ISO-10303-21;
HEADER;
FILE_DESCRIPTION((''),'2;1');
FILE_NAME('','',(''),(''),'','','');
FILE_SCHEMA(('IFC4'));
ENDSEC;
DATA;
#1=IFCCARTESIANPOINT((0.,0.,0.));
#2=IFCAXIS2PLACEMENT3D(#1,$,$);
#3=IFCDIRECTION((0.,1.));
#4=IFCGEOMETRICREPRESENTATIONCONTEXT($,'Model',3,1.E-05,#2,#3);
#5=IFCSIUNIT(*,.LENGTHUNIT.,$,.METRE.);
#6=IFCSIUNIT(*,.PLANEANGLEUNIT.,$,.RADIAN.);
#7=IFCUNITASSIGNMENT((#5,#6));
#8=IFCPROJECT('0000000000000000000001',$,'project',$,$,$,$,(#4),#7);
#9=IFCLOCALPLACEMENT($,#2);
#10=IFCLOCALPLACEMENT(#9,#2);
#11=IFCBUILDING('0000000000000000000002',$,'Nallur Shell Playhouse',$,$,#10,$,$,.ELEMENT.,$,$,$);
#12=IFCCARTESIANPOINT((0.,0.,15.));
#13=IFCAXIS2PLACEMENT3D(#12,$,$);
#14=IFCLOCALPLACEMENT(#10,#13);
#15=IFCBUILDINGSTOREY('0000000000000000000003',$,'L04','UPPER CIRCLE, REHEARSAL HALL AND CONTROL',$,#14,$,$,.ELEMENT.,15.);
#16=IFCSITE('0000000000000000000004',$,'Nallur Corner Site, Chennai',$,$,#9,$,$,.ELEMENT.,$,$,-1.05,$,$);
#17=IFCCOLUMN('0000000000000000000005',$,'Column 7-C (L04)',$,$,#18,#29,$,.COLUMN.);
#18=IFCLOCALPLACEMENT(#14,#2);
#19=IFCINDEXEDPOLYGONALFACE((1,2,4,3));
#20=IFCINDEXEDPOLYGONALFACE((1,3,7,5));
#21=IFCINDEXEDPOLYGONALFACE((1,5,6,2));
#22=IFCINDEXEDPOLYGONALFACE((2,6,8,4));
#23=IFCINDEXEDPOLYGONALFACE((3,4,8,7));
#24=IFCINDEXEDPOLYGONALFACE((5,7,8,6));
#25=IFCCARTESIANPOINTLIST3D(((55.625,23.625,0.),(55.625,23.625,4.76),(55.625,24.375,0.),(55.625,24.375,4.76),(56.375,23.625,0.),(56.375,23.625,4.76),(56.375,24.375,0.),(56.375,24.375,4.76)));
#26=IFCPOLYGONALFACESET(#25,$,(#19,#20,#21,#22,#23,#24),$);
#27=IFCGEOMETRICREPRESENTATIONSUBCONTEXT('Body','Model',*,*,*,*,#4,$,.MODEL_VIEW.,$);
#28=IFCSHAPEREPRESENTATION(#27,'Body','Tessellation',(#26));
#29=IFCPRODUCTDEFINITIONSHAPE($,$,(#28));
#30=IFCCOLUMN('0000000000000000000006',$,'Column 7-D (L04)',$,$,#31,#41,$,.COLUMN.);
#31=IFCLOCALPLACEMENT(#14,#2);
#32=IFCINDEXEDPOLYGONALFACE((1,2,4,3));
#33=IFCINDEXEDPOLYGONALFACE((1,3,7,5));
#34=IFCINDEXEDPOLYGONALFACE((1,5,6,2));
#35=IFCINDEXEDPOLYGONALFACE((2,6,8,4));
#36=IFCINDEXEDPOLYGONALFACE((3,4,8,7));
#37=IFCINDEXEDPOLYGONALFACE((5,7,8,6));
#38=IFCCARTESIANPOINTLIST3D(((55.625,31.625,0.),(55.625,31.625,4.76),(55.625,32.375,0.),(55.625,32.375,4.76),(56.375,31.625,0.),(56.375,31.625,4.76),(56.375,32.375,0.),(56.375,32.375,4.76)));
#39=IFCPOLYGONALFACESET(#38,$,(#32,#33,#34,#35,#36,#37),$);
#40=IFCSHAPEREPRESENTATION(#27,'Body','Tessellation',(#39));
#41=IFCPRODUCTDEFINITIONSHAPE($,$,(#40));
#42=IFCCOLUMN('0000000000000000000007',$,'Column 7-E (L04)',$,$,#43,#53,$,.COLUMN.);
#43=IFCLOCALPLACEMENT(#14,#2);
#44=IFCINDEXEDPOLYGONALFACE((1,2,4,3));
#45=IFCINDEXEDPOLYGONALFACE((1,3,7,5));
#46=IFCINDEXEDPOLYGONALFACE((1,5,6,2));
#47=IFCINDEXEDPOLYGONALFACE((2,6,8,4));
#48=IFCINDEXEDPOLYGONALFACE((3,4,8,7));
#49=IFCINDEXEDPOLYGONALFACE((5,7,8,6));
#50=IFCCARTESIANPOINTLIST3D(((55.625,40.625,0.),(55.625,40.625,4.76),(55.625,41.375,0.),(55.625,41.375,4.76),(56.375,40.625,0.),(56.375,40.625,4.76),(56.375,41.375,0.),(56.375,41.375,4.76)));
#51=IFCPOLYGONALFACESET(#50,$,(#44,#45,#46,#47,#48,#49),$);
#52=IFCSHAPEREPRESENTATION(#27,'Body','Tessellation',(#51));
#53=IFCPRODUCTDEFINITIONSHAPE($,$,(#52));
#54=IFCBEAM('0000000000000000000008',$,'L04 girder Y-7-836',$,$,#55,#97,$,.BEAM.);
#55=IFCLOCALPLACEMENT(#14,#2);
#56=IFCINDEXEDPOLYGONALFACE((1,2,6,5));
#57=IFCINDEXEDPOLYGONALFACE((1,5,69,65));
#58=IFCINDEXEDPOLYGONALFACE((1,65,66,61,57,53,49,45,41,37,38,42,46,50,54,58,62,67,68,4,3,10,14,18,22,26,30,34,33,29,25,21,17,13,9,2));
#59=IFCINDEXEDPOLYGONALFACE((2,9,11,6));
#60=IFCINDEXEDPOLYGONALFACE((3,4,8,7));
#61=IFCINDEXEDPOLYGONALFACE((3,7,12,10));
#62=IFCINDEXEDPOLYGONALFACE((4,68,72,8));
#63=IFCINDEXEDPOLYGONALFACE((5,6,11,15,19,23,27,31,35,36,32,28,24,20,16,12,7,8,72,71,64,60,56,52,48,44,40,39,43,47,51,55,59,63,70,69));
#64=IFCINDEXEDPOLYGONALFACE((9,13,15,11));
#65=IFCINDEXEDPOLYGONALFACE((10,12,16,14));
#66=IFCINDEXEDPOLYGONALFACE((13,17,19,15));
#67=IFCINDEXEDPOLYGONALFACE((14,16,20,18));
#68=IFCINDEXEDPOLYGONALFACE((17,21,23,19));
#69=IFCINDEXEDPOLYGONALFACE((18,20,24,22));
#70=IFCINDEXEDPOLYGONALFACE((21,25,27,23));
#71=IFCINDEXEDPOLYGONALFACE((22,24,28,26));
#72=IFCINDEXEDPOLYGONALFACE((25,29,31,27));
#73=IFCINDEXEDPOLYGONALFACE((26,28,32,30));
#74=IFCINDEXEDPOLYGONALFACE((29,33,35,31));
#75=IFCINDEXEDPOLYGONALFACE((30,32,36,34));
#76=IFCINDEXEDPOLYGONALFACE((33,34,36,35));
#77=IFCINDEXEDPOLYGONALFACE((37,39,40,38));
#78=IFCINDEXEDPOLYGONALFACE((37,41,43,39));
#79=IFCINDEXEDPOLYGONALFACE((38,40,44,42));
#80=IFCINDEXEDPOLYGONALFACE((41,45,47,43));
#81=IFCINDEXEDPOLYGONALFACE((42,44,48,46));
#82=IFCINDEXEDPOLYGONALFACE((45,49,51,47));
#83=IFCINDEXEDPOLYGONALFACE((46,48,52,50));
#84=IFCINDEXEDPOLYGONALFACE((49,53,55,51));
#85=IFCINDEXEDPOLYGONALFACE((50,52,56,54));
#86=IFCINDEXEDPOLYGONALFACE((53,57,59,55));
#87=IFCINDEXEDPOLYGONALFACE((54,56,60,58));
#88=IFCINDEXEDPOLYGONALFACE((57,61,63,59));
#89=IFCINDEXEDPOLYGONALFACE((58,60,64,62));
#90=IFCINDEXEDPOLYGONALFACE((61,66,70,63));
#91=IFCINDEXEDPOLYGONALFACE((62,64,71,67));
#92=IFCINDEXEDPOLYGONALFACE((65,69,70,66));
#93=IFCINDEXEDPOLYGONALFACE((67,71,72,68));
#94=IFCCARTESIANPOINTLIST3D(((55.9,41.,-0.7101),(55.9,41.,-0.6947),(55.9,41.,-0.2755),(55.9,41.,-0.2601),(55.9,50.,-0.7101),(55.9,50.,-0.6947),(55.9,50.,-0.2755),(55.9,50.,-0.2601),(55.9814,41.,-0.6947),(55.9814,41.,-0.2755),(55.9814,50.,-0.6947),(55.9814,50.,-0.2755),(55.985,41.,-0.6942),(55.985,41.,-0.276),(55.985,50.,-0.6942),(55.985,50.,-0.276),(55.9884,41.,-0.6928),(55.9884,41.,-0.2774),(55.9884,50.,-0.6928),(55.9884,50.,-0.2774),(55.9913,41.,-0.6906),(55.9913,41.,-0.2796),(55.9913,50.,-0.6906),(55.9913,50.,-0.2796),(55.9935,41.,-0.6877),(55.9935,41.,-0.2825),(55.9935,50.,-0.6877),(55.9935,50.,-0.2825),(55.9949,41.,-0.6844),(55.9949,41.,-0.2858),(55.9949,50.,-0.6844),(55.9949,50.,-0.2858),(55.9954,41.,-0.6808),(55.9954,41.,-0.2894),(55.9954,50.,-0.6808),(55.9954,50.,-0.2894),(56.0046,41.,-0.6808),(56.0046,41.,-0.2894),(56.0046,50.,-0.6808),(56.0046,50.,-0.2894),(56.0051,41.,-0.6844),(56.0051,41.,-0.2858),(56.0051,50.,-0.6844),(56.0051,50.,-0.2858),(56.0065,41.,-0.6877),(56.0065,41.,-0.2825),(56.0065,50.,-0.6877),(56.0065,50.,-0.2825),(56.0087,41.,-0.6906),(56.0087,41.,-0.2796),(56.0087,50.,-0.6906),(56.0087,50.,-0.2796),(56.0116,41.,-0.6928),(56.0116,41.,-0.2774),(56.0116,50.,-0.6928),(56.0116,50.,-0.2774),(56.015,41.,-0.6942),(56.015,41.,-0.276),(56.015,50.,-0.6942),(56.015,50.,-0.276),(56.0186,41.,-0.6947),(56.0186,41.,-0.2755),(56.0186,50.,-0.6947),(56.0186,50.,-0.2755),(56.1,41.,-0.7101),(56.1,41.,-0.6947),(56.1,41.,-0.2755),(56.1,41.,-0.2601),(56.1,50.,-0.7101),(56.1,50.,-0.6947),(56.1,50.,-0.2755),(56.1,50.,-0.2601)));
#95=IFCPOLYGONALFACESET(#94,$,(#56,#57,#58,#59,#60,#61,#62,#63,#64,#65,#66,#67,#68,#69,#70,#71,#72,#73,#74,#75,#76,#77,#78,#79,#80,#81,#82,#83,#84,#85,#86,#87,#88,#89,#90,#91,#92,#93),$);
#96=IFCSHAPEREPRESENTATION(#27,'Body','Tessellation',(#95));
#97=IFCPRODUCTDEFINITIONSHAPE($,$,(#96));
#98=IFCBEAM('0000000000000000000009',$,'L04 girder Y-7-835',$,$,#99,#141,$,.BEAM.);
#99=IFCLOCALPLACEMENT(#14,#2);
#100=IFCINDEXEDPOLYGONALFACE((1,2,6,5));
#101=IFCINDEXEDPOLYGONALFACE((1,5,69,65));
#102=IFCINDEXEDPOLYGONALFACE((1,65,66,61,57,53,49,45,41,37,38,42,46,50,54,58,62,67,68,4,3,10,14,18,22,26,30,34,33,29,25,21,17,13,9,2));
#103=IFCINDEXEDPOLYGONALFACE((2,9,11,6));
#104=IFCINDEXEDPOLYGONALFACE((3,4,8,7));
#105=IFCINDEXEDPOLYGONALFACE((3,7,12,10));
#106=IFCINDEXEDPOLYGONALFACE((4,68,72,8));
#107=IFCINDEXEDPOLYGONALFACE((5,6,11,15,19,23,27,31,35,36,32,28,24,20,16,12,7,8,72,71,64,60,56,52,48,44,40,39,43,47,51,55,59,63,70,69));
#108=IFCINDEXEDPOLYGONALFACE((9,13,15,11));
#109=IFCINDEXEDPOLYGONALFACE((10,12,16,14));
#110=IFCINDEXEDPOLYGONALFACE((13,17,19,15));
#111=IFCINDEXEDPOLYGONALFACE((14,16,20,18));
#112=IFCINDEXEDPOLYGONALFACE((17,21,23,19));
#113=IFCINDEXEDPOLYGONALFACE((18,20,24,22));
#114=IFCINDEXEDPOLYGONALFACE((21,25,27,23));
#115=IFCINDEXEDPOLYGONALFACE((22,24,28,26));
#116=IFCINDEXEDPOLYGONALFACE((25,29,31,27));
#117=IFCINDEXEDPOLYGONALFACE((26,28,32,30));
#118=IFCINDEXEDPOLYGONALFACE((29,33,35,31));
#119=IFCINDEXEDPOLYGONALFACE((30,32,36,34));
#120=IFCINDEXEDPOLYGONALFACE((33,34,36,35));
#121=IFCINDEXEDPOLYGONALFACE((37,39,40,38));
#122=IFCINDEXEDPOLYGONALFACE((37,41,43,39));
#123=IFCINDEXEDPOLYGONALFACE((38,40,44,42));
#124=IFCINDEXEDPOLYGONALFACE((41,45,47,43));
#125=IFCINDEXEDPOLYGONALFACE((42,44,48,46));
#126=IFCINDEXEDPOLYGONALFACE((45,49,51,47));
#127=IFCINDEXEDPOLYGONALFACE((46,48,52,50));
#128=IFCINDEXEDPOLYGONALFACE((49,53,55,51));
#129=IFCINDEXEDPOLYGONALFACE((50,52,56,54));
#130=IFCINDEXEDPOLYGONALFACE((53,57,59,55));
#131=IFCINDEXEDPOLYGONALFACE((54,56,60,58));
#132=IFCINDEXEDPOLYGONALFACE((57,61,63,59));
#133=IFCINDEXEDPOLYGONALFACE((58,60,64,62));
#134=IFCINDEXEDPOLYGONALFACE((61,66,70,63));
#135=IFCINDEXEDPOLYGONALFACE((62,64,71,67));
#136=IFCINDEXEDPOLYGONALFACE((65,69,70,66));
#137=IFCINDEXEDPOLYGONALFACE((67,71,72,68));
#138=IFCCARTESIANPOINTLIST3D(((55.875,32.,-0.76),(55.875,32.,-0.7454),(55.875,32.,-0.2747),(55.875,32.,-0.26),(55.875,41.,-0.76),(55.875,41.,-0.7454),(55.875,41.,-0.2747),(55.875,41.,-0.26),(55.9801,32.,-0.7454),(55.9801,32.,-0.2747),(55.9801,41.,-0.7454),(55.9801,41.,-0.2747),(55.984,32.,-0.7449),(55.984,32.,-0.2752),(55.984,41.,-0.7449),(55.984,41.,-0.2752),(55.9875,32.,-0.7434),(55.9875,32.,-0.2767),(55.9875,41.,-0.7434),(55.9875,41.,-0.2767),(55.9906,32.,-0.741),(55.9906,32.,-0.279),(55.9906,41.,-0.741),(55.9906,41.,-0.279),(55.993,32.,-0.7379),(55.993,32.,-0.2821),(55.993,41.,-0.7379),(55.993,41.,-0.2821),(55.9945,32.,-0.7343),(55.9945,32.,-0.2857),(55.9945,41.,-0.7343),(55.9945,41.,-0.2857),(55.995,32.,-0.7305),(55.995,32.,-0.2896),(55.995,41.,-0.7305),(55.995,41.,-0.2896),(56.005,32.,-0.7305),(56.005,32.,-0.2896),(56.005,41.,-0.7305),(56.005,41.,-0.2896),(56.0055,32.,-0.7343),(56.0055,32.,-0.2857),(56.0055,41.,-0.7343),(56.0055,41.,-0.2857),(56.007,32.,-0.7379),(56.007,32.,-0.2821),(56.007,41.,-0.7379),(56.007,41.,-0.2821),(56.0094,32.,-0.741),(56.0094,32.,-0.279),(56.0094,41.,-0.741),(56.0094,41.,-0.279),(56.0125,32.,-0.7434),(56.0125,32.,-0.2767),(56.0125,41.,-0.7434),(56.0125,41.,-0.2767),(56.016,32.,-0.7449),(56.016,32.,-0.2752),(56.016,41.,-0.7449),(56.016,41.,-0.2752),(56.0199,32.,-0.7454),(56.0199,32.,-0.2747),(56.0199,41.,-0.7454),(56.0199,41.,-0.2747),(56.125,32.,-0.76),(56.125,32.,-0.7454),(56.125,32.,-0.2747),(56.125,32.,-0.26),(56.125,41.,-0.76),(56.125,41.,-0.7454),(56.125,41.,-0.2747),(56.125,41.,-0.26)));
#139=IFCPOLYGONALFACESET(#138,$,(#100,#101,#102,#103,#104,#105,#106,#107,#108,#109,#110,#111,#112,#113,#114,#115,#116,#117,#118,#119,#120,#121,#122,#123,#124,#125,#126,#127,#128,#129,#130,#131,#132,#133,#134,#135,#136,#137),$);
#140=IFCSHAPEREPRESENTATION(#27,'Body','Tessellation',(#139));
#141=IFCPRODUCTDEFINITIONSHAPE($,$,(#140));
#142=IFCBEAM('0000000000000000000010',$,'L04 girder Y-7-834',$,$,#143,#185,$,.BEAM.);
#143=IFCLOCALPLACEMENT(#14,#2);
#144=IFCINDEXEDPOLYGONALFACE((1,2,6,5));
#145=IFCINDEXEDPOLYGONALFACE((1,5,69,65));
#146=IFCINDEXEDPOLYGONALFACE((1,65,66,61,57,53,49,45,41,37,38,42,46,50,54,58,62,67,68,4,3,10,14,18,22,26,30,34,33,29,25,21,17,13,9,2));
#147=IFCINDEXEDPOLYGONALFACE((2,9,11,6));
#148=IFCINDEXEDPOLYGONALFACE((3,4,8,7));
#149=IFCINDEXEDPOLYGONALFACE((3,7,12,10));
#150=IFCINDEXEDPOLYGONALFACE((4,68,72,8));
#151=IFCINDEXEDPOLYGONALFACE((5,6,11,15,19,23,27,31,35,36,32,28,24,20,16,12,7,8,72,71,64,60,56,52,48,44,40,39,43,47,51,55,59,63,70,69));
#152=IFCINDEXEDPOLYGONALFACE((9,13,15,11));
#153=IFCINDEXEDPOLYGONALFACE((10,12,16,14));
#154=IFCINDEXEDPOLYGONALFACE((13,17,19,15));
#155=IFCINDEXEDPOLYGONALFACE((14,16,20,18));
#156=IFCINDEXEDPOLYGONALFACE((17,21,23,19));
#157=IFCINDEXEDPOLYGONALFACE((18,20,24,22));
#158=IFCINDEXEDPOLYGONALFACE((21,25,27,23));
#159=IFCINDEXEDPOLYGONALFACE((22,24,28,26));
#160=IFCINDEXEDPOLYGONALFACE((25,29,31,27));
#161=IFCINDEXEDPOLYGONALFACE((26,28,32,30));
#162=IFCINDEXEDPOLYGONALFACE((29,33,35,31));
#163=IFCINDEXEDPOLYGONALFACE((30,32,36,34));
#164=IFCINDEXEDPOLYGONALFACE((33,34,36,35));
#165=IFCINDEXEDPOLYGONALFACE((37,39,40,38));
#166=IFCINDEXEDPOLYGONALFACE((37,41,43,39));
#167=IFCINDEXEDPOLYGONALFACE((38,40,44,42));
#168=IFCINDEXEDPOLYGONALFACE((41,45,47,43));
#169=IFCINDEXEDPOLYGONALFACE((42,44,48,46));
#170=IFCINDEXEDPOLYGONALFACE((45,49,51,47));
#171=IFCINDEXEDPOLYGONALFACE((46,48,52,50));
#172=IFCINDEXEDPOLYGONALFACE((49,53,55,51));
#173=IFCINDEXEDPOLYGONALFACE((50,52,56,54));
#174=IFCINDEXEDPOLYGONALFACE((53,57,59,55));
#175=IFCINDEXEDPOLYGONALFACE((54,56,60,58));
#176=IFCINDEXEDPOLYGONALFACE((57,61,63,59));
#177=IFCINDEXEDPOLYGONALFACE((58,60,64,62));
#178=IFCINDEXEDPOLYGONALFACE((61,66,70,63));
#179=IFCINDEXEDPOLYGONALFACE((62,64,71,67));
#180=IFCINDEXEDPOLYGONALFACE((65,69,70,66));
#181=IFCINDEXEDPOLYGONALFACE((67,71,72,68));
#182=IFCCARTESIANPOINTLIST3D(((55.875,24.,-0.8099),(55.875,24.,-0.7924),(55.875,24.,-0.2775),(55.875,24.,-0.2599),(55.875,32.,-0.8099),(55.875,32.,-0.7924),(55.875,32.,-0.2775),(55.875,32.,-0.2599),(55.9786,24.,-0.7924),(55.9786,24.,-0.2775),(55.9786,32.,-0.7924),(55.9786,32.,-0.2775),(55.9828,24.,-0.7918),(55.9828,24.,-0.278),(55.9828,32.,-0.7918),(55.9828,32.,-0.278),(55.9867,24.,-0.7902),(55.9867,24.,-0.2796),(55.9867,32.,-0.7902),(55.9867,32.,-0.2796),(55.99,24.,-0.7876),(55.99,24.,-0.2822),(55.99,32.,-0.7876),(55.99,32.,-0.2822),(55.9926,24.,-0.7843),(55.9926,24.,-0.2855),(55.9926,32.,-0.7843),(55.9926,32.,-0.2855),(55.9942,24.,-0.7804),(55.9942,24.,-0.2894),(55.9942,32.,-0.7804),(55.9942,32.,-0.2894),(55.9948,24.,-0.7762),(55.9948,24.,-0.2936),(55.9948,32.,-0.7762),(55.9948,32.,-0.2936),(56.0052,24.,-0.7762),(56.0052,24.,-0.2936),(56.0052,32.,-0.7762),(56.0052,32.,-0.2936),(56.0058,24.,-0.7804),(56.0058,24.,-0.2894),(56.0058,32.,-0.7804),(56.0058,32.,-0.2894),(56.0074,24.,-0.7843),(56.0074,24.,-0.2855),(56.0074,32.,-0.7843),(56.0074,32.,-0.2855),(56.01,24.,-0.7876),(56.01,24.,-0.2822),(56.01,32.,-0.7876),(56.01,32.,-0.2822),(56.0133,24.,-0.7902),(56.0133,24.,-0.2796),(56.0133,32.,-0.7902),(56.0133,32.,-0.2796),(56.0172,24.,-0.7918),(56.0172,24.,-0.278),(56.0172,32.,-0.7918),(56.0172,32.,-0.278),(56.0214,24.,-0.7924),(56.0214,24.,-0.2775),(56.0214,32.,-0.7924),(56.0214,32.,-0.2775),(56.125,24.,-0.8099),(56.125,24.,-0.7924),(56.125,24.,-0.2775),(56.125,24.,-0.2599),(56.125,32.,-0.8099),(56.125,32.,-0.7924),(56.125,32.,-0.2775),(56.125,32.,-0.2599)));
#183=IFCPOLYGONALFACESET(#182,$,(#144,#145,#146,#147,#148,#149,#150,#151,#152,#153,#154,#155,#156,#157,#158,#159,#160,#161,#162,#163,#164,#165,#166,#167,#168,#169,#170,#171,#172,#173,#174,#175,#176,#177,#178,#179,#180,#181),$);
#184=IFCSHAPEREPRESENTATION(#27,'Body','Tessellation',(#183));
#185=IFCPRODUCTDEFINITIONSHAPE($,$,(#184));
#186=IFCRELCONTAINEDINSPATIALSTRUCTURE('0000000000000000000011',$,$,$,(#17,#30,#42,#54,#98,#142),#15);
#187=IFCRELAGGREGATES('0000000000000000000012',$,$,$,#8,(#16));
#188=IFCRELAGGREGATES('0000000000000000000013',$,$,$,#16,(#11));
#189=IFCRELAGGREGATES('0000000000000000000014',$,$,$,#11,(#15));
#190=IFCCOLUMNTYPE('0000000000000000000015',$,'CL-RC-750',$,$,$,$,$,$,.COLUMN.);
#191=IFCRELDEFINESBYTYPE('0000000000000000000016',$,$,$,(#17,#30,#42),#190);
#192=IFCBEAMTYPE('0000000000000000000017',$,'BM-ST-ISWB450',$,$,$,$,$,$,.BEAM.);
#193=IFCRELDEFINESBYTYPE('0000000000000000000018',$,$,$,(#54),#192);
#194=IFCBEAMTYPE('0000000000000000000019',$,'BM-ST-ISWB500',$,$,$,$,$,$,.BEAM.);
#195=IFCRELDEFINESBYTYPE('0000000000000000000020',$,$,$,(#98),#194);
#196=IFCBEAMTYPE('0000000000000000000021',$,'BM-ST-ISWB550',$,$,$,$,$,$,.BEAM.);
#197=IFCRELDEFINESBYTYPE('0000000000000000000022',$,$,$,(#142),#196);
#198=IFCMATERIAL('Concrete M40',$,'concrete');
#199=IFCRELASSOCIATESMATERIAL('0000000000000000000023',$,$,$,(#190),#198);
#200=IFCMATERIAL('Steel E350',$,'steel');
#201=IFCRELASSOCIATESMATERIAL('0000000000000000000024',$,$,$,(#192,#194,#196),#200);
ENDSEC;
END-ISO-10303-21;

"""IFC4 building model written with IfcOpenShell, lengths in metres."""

from ifc_helpers import new_model, si_unit, direction, frame, origin, origin_2d, place, context, subcontext, project, spatial, rectangle, i_section, extrude, material, material_profile, profile_set, type_object, element, save


model = new_model("IFC4")

# Units and contexts
model_context = context("Model", 3, precision=1e-05, world=origin(), true_north=direction((0.0, 1.0)))
body_context = subcontext(model_context, "Body", "Model", "MODEL_VIEW")
ifc_project = project(units=[si_unit("LENGTHUNIT", "METRE"), si_unit("PLANEANGLEUNIT", "RADIAN")], contexts=[model_context])

# Site, building, storey
site_placement = place(None, origin())
site = spatial("IfcSite", under=ifc_project, at=site_placement, Name="Nallur Corner Site, Chennai", CompositionType="ELEMENT", RefElevation=-1.05)
building_placement = place(site_placement, origin())
building = spatial("IfcBuilding", under=site, at=building_placement, Name="Nallur Shell Playhouse", CompositionType="ELEMENT")
storey_placement = place(building_placement, frame((0.0, 0.0, 15.0)))
storey = spatial("IfcBuildingStorey", under=building, at=storey_placement, Name="L04", Description="UPPER CIRCLE, REHEARSAL HALL AND CONTROL", CompositionType="ELEMENT", Elevation=15.0)

# Columns
ifc_material_1 = material(Name="Concrete M40", Category="concrete")
ifc_material_profile_1 = material_profile(ifc_material_1, rectangle(XDim=0.75, YDim=0.75, at=origin_2d()), Name="RC 750x750")
ifc_profile_set_1 = profile_set([ifc_material_profile_1], Name="Concrete M40")
column_type = type_object("IfcColumnType", Name="CL-RC-750", PredefinedType="COLUMN", material=ifc_profile_set_1)
for number, where, z_axis, x_axis, name in (
    (1, (56.0, 24.0, 0.0), (0.0, 0.0, 1.0), (1.0, 0.0, 0.0), "Column 7-C (L04)"),
    (2, (56.0, 32.0, 0.0), (0.0, 0.0, 1.0), (1.0, 0.0, 0.0), "Column 7-D (L04)"),
    (3, (56.0, 41.0, 0.0), (0.0, 0.0, 1.0), (1.0, 0.0, 0.0), "Column 7-E (L04)"),
):
    element("IfcColumn", number, at=place(storey_placement, frame(where, z_axis=z_axis, x_axis=x_axis)), inside=storey, type_object=column_type, Name=name, PredefinedType="COLUMN", context=body_context, shape_type="SweptSolid", body=[
        extrude(rectangle(XDim=0.75, YDim=0.75, at=origin_2d()), origin(), (0.0, 0.0, 1.0), 4.76),
    ])

# Beams
ifc_material_2 = material(Name="Steel E350", Category="steel")
ifc_material_profile_2 = material_profile(ifc_material_2, i_section(OverallWidth=0.2, OverallDepth=0.45, WebThickness=0.0093, FlangeThickness=0.0154, FilletRadius=0.0139, at=origin_2d()), Name="ISWB 450")
ifc_profile_set_2 = profile_set([ifc_material_profile_2], Name="Steel E350")
beam_type_1 = type_object("IfcBeamType", Name="BM-ST-ISWB450", PredefinedType="BEAM", material=ifc_profile_set_2)
beam_1_placement = place(storey_placement, frame((56.0, 41.0, -0.4851), z_axis=(0.0, 1.0, 0.0), x_axis=(-1.0, 0.0, 0.0)))
element("IfcBeam", 4, at=beam_1_placement, inside=storey, type_object=beam_type_1, Name="L04 girder Y-7-836", PredefinedType="BEAM", context=body_context, shape_type="SweptSolid", body=[
    extrude(i_section(OverallWidth=0.2, OverallDepth=0.45, WebThickness=0.0093, FlangeThickness=0.0154, FilletRadius=0.0139, at=origin_2d()), origin(), (0.0, 0.0, 1.0), 9.0),
])
ifc_material_profile_3 = material_profile(ifc_material_2, i_section(OverallWidth=0.25, OverallDepth=0.5, WebThickness=0.01, FlangeThickness=0.0146, FilletRadius=0.0149, at=origin_2d()), Name="ISWB 500")
ifc_profile_set_3 = profile_set([ifc_material_profile_3], Name="Steel E350")
beam_type_2 = type_object("IfcBeamType", Name="BM-ST-ISWB500", PredefinedType="BEAM", material=ifc_profile_set_3)
beam_2_placement = place(storey_placement, frame((56.0, 32.0, -0.51), z_axis=(0.0, 1.0, 0.0), x_axis=(-1.0, 0.0, 0.0)))
element("IfcBeam", 5, at=beam_2_placement, inside=storey, type_object=beam_type_2, Name="L04 girder Y-7-835", PredefinedType="BEAM", context=body_context, shape_type="SweptSolid", body=[
    extrude(i_section(OverallWidth=0.25, OverallDepth=0.5, WebThickness=0.01, FlangeThickness=0.0146, FilletRadius=0.0149, at=origin_2d()), origin(), (0.0, 0.0, 1.0), 9.0),
])
ifc_material_profile_4 = material_profile(ifc_material_2, i_section(OverallWidth=0.25, OverallDepth=0.55, WebThickness=0.0105, FlangeThickness=0.0176, FilletRadius=0.0161, at=origin_2d()), Name="ISWB 550")
ifc_profile_set_4 = profile_set([ifc_material_profile_4], Name="Steel E350")
beam_type_3 = type_object("IfcBeamType", Name="BM-ST-ISWB550", PredefinedType="BEAM", material=ifc_profile_set_4)
beam_3_placement = place(storey_placement, frame((56.0, 24.0, -0.5349), z_axis=(0.0, 1.0, 0.0), x_axis=(-1.0, 0.0, 0.0)))
element("IfcBeam", 6, at=beam_3_placement, inside=storey, type_object=beam_type_3, Name="L04 girder Y-7-834", PredefinedType="BEAM", context=body_context, shape_type="SweptSolid", body=[
    extrude(i_section(OverallWidth=0.25, OverallDepth=0.55, WebThickness=0.0105, FlangeThickness=0.0176, FilletRadius=0.0161, at=origin_2d()), origin(), (0.0, 0.0, 1.0), 8.0),
])

save(model, "model.ifc")
